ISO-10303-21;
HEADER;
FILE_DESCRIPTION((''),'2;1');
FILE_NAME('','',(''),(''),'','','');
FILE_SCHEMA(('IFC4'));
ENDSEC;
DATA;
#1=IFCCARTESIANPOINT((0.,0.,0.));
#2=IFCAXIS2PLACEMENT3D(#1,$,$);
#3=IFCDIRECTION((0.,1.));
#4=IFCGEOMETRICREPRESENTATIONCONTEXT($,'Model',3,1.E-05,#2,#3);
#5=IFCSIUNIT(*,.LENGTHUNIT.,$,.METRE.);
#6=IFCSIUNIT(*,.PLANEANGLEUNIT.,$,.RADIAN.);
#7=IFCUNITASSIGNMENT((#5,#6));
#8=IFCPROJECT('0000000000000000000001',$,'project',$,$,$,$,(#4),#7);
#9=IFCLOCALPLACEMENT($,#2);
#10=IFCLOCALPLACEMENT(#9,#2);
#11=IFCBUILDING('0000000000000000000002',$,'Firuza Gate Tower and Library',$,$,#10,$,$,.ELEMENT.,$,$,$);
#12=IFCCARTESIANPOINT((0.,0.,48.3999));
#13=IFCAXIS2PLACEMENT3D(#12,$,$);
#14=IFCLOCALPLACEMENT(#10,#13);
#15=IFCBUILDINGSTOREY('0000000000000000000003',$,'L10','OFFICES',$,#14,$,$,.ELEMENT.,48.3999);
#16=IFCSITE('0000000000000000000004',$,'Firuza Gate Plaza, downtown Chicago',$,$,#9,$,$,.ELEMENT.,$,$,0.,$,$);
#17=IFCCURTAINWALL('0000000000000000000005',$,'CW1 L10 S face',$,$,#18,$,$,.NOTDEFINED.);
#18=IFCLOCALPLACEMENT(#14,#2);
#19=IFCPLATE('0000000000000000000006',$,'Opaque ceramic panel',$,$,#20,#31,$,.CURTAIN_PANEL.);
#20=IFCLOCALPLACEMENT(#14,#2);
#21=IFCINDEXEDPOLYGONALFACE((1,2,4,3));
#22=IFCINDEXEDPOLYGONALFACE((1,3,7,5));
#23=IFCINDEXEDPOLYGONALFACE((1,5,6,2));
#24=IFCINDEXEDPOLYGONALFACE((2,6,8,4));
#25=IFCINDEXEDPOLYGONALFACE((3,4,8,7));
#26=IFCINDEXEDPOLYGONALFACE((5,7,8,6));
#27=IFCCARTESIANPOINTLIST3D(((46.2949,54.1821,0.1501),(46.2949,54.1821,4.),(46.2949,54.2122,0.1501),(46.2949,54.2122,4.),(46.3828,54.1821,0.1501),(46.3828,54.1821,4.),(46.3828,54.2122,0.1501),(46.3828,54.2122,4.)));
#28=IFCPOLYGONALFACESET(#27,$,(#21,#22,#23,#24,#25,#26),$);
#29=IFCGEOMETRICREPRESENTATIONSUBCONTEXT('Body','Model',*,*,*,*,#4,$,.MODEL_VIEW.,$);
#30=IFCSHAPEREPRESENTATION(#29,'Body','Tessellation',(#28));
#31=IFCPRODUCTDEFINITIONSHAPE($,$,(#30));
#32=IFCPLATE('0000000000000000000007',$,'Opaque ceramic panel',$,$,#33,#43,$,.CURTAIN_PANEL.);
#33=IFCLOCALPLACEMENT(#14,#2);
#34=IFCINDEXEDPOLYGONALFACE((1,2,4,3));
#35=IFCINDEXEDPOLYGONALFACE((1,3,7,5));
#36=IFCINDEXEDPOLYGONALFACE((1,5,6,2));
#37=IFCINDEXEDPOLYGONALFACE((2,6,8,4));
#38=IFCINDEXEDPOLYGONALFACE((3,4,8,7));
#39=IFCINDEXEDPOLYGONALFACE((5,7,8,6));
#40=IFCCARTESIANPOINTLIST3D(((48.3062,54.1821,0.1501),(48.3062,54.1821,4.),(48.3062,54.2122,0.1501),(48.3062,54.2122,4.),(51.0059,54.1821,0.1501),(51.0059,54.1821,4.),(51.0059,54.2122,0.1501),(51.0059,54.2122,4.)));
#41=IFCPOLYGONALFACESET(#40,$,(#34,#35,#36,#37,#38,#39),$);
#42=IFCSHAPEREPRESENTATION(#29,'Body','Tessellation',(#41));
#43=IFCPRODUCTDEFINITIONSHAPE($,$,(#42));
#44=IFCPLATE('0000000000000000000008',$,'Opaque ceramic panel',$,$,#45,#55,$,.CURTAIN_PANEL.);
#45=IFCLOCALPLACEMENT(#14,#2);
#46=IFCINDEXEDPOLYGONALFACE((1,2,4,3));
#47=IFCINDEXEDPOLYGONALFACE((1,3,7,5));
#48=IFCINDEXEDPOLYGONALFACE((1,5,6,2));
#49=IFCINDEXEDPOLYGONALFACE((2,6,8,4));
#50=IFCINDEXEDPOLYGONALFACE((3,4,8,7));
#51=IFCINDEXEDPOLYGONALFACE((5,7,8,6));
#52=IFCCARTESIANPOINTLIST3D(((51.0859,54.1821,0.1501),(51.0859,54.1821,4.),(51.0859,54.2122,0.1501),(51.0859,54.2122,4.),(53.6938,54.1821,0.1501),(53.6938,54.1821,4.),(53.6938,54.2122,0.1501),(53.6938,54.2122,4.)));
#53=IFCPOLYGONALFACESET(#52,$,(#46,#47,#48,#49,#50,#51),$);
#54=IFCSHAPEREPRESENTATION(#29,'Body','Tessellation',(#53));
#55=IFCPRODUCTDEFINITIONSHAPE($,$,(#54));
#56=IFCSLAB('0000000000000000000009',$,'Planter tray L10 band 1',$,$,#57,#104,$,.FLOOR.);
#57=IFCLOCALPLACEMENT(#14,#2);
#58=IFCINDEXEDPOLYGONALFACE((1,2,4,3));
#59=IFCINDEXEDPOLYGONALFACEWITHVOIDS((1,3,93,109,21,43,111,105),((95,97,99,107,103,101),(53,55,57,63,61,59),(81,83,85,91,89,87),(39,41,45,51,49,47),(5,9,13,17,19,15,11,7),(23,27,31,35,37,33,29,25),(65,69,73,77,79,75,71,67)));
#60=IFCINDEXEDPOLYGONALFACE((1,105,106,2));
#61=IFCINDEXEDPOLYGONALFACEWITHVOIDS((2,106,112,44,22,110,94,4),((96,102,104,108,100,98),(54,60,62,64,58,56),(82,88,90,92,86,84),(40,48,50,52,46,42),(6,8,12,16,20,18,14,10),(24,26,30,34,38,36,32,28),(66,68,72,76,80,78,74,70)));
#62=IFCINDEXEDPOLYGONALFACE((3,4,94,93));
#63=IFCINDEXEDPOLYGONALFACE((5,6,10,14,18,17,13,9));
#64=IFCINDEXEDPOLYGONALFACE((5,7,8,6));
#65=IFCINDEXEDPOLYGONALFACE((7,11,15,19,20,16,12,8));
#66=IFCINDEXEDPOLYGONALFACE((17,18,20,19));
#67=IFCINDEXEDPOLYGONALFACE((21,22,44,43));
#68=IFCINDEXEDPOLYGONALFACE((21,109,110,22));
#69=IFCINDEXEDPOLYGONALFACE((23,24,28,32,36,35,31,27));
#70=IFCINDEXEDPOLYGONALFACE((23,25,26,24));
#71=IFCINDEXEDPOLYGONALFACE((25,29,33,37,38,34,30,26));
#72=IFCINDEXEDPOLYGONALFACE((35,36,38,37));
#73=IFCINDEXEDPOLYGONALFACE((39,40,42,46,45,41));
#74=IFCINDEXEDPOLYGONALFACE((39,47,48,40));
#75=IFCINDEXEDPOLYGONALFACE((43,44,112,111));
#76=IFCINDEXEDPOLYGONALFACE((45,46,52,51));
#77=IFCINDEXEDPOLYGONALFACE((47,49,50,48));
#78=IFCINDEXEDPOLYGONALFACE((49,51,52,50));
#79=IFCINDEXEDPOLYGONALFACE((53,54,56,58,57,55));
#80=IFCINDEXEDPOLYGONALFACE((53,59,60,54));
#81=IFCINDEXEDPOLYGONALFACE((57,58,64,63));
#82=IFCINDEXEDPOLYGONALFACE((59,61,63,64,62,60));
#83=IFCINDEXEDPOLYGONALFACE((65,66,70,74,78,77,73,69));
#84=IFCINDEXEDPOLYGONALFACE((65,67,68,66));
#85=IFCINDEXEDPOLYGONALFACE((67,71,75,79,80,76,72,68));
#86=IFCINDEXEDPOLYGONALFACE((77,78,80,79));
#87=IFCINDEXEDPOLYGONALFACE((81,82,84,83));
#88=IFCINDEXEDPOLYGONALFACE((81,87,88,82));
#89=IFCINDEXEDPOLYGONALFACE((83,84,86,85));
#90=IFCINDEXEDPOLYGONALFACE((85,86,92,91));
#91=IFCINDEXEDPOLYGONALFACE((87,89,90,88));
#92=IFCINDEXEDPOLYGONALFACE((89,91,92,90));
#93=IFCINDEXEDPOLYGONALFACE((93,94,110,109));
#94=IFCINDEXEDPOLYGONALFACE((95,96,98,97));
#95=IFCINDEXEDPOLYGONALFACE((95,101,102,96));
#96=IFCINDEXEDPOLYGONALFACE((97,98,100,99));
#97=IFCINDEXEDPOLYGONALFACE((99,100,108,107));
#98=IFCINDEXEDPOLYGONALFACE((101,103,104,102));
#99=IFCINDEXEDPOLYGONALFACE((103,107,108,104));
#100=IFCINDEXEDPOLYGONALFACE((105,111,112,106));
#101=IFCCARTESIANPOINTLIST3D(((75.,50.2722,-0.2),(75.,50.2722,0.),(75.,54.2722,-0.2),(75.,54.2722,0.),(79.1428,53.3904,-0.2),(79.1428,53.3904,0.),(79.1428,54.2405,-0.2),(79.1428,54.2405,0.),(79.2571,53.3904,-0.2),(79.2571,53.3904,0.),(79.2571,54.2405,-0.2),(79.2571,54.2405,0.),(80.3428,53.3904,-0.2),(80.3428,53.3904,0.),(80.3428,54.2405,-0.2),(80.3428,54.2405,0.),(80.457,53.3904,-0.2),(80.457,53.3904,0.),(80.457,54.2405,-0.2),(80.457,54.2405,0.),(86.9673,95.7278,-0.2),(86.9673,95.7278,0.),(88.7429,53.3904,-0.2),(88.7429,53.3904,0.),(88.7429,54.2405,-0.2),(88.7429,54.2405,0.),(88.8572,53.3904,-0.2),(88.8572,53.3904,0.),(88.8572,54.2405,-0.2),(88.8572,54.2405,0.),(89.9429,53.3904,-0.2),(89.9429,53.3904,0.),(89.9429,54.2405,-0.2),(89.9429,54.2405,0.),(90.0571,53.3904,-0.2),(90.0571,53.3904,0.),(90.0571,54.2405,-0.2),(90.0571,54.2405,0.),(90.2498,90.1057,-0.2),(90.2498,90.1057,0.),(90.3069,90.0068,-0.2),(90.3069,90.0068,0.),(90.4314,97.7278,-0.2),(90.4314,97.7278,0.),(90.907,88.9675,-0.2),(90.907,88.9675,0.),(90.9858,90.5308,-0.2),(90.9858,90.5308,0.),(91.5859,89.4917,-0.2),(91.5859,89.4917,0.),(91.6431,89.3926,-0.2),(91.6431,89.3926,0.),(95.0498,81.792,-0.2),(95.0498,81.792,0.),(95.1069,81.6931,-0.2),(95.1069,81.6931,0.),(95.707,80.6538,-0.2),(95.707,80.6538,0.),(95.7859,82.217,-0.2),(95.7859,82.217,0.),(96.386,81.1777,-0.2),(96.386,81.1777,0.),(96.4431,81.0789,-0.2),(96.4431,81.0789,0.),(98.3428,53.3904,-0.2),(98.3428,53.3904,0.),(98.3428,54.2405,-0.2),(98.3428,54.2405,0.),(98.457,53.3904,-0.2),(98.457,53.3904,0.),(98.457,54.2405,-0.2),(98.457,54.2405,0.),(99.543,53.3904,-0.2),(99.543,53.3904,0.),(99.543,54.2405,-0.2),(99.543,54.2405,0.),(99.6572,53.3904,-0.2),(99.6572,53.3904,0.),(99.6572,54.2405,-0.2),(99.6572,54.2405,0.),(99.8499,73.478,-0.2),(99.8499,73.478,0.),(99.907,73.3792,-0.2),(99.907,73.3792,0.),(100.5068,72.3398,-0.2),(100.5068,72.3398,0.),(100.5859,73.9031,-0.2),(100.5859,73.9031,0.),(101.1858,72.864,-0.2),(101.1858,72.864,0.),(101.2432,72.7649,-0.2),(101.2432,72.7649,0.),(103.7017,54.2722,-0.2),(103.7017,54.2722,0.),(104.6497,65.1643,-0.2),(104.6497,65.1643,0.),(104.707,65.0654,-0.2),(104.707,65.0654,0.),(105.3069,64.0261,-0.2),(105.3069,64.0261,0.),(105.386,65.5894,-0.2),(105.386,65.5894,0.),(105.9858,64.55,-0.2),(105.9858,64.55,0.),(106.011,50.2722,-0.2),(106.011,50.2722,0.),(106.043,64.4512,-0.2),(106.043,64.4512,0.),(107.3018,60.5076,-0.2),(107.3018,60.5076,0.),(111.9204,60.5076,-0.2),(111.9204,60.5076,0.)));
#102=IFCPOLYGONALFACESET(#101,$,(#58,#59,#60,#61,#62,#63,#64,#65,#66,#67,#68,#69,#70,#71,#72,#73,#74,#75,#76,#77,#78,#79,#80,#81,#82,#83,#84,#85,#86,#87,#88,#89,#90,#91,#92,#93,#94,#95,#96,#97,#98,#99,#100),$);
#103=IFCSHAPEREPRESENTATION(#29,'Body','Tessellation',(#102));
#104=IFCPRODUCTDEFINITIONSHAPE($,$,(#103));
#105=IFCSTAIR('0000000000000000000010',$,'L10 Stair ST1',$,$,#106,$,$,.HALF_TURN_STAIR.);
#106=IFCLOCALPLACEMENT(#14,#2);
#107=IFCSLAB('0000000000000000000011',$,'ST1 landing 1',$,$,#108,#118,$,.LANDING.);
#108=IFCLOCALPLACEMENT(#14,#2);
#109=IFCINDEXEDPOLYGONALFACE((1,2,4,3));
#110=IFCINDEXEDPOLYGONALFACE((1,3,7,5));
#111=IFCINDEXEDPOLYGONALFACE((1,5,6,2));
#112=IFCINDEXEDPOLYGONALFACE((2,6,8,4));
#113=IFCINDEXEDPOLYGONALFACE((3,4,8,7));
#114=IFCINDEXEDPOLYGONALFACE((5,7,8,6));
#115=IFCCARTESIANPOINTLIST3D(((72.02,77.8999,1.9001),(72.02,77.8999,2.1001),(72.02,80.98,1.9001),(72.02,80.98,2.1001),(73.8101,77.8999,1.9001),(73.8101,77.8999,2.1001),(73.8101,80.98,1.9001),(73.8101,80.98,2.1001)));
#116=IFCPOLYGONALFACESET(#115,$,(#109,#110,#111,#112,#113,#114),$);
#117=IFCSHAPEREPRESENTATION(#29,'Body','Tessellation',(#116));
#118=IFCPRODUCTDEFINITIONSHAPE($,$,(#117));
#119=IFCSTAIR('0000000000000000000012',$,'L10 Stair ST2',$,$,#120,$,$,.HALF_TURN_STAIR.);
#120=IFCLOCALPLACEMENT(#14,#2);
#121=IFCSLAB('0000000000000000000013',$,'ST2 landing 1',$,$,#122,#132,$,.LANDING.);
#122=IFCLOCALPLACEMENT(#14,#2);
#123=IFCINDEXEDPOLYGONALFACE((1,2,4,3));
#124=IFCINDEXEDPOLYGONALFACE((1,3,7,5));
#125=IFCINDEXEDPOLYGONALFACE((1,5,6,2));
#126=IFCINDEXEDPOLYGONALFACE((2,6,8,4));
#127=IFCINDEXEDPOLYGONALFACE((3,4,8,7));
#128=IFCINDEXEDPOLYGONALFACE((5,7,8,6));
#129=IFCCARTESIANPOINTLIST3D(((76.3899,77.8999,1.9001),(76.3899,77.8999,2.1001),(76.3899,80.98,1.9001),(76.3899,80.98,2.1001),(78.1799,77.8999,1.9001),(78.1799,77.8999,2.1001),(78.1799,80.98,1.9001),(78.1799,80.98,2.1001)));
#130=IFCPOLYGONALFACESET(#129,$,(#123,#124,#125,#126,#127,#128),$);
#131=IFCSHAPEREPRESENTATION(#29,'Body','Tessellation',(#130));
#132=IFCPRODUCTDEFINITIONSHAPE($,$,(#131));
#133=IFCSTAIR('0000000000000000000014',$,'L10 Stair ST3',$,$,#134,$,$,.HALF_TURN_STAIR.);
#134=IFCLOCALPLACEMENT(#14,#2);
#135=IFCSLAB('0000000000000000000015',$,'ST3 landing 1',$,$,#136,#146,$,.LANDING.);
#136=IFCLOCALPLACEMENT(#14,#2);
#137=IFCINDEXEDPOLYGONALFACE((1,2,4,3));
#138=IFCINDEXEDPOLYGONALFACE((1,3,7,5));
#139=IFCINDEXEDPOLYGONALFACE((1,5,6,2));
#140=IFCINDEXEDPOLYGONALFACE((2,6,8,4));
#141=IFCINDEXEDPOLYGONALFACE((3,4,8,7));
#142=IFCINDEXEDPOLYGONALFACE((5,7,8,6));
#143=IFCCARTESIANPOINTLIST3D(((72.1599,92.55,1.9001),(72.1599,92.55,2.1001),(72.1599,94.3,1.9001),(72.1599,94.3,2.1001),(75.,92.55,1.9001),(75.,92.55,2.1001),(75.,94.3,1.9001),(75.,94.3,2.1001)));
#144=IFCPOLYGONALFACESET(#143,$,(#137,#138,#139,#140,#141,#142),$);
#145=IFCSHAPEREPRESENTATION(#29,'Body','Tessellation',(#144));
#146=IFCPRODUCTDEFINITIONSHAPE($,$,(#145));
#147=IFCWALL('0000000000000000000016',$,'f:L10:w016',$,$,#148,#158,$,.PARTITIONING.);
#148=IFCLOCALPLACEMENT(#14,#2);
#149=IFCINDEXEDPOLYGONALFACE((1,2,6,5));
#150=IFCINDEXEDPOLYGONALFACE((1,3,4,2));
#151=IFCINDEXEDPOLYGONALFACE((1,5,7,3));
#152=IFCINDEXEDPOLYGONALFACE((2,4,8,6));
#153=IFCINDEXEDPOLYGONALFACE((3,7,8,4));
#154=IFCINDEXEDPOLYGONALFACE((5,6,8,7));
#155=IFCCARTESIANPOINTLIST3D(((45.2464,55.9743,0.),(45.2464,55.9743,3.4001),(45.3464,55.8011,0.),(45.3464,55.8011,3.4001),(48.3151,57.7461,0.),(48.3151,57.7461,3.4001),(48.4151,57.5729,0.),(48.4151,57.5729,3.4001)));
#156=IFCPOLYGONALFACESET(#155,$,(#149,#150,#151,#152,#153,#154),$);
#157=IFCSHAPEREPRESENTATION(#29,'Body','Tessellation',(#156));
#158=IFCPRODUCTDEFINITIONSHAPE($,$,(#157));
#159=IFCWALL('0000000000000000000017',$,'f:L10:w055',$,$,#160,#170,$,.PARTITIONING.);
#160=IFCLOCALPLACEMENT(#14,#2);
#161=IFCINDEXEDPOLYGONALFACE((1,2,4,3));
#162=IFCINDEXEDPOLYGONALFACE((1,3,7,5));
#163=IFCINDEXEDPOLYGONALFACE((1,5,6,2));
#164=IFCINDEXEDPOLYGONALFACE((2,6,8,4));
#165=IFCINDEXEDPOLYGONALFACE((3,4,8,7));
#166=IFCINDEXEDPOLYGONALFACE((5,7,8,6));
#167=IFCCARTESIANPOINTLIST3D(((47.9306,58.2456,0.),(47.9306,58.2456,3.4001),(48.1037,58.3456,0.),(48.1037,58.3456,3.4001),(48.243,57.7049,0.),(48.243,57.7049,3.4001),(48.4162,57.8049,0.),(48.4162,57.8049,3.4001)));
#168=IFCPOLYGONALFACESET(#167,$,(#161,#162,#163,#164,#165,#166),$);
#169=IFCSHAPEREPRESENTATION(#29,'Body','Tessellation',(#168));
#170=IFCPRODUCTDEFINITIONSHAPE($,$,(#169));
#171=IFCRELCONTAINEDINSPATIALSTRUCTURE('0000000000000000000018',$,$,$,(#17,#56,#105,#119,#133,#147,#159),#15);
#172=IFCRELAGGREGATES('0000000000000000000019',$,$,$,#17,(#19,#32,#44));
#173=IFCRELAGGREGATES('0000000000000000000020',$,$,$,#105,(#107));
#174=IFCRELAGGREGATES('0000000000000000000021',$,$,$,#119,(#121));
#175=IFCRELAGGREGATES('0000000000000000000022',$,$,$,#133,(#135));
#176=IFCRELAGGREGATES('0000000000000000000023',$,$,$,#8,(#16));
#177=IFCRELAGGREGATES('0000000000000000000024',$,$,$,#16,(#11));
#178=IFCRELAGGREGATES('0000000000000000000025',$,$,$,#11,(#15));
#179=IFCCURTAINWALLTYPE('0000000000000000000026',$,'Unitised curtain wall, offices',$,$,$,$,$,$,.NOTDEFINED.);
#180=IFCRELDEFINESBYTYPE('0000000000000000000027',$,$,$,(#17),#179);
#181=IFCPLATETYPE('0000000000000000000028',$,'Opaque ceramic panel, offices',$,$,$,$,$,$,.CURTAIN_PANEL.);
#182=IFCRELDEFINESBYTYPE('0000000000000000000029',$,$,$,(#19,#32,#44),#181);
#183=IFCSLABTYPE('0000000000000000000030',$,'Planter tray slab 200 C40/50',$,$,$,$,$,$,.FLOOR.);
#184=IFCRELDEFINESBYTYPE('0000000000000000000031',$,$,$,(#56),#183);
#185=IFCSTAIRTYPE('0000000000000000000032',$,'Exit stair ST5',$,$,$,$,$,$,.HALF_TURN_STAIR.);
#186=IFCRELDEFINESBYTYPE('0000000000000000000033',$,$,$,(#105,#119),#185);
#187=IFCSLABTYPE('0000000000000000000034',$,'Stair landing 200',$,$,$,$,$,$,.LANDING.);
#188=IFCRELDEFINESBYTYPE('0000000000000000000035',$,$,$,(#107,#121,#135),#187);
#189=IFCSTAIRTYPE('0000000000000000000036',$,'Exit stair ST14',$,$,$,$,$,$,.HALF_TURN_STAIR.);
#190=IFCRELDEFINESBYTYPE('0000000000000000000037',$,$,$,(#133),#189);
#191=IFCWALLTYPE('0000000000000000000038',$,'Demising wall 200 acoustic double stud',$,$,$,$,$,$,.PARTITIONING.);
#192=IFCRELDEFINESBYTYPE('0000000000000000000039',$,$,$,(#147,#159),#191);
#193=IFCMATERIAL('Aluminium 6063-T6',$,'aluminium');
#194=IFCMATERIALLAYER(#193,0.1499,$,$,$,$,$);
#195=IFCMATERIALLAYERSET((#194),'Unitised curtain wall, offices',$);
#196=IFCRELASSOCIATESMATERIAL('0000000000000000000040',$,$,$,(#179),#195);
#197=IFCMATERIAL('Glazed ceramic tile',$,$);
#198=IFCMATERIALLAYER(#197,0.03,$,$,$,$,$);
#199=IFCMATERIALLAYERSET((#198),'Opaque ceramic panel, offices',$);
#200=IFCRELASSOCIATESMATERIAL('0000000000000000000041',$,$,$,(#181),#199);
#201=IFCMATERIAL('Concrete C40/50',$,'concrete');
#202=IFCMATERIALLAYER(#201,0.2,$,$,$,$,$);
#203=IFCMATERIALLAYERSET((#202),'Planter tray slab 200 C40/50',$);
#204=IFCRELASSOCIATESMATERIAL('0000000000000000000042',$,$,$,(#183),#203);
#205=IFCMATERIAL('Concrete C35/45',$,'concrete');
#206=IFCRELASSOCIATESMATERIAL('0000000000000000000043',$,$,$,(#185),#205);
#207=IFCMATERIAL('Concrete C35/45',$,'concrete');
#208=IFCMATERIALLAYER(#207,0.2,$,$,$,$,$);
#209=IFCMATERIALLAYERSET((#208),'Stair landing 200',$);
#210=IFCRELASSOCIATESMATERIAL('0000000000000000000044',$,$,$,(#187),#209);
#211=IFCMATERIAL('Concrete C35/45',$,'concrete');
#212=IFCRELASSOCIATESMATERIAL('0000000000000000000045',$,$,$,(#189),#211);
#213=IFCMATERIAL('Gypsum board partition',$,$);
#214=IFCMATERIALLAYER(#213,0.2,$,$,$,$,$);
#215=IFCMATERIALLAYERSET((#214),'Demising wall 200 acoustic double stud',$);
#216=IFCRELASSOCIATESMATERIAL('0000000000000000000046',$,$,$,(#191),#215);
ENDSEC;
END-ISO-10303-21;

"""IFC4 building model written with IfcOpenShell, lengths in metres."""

from ifc_helpers import new_model, si_unit, direction, frame, frame_2d, origin, place, context, subcontext, project, spatial, polyline, rectangle, outline, extrude, material, layer, layer_set, type_object, element, aggregate, save


model = new_model("IFC4")

# Units and contexts
model_context = context("Model", 3, precision=1e-05, world=origin(), true_north=direction((0.0, 1.0)))
body_context = subcontext(model_context, "Body", "Model", "MODEL_VIEW")
ifc_project = project(units=[si_unit("LENGTHUNIT", "METRE"), si_unit("PLANEANGLEUNIT", "RADIAN")], contexts=[model_context])

# Site, building, storey
site_placement = place(None, origin())
site = spatial("IfcSite", under=ifc_project, at=site_placement, Name="Firuza Gate Plaza, downtown Chicago", CompositionType="ELEMENT", RefElevation=0.0)
building_placement = place(site_placement, origin())
building = spatial("IfcBuilding", under=site, at=building_placement, Name="Firuza Gate Tower and Library", CompositionType="ELEMENT")
storey_placement = place(building_placement, frame((0.0, 0.0, 48.3999)))
storey = spatial("IfcBuildingStorey", under=building, at=storey_placement, Name="L10", Description="OFFICES", CompositionType="ELEMENT", Elevation=48.3999)

# Curtain wall
ifc_material_1 = material(Name="Aluminium 6063-T6", Category="aluminium")
ifc_layer_1 = layer(ifc_material_1, 0.1499)
ifc_layer_set_1 = layer_set([ifc_layer_1], Name="Unitised curtain wall, offices")
curtain_wall_type_1 = type_object("IfcCurtainWallType", Name="Unitised curtain wall, offices", PredefinedType="NOTDEFINED", material=ifc_layer_set_1)
placement_1 = place(storey_placement, origin())
curtain_wall_1 = element("IfcCurtainWall", 1, at=placement_1, inside=storey, type_object=curtain_wall_type_1, Name="CW1 L10 S face", PredefinedType="NOTDEFINED")

# Shared definitions
placement_2 = place(storey_placement, frame((0.0, 0.0, -0.2)))

# Plates
ifc_material_2 = material(Name="Glazed ceramic tile")
ifc_layer_2 = layer(ifc_material_2, 0.03)
ifc_layer_set_2 = layer_set([ifc_layer_2], Name="Opaque ceramic panel, offices")
plate_type_1 = type_object("IfcPlateType", Name="Opaque ceramic panel, offices", PredefinedType="CURTAIN_PANEL", material=ifc_layer_set_2)
plate_1_placement = place(storey_placement, frame((46.2949, 54.1821, 0.1501), z_axis=(0.0, -1.0, 0.0), x_axis=(1.0, 0.0, 0.0)))
plate_1 = element("IfcPlate", 2, at=plate_1_placement, type_object=plate_type_1, Name="Opaque ceramic panel", PredefinedType="CURTAIN_PANEL", context=body_context, shape_type="SweptSolid", body=[
    extrude(outline(polyline([(0.0, 0.0), (0.0879, 0.0), (0.0879, 3.8499), (0.0, 3.8499), (0.0, 0.0)])), origin(), (0.0, 0.0, -1.0), 0.03),
])
plate_2_placement = place(storey_placement, frame((48.3062, 54.1821, 0.1501), z_axis=(0.0, -1.0, 0.0), x_axis=(1.0, 0.0, 0.0)))
plate_2 = element("IfcPlate", 3, at=plate_2_placement, type_object=plate_type_1, Name="Opaque ceramic panel", PredefinedType="CURTAIN_PANEL", context=body_context, shape_type="SweptSolid", body=[
    extrude(outline(polyline([(0.0, 0.0), (2.6997, 0.0), (2.6997, 3.8499), (0.0, 3.8499), (0.0, 0.0)])), origin(), (0.0, 0.0, -1.0), 0.03),
])
plate_3_placement = place(storey_placement, frame((51.0859, 54.1821, 0.1501), z_axis=(0.0, -1.0, 0.0), x_axis=(1.0, 0.0, 0.0)))
plate_3 = element("IfcPlate", 4, at=plate_3_placement, type_object=plate_type_1, Name="Opaque ceramic panel", PredefinedType="CURTAIN_PANEL", context=body_context, shape_type="SweptSolid", body=[
    extrude(outline(polyline([(0.0, 0.0), (2.6079, 0.0), (2.6079, 3.8499), (0.0, 3.8499), (0.0, 0.0)])), origin(), (0.0, 0.0, -1.0), 0.03),
])
aggregate(curtain_wall_1, [plate_1, plate_2, plate_3])

# Slab
ifc_material_3 = material(Name="Concrete C40/50", Category="concrete")
ifc_layer_3 = layer(ifc_material_3, 0.2)
ifc_layer_set_3 = layer_set([ifc_layer_3], Name="Planter tray slab 200 C40/50")
slab_type_1 = type_object("IfcSlabType", Name="Planter tray slab 200 C40/50", PredefinedType="FLOOR", material=ifc_layer_set_3)
element("IfcSlab", 5, at=placement_2, inside=storey, type_object=slab_type_1, Name="Planter tray L10 band 1", PredefinedType="FLOOR", context=body_context, shape_type="SweptSolid", body=[
    extrude(outline(polyline([(75.0, 54.2722), (75.0, 50.2722), (106.011, 50.2722), (111.9204, 60.5076), (90.4314, 97.7278), (86.9673, 95.7278), (107.3018, 60.5076), (103.7017, 54.2722), (75.0, 54.2722)]), holes=[polyline([(79.2571, 54.2405), (80.3428, 54.2405), (80.457, 54.2405), (80.457, 53.3904), (80.3428, 53.3904), (79.2571, 53.3904), (79.1428, 53.3904), (79.1428, 54.2405), (79.2571, 54.2405)]), polyline([(98.457, 54.2405), (99.543, 54.2405), (99.6572, 54.2405), (99.6572, 53.3904), (99.543, 53.3904), (98.457, 53.3904), (98.3428, 53.3904), (98.3428, 54.2405), (98.457, 54.2405)]), polyline([(88.8572, 54.2405), (89.9429, 54.2405), (90.0571, 54.2405), (90.0571, 53.3904), (89.9429, 53.3904), (88.8572, 53.3904), (88.7429, 53.3904), (88.7429, 54.2405), (88.8572, 54.2405)]), polyline([(104.707, 65.0654), (104.6497, 65.1643), (105.386, 65.5894), (105.9858, 64.55), (105.9858, 64.55), (106.043, 64.4512), (105.3069, 64.0261), (104.707, 65.0654), (104.707, 65.0654)]), polyline([(100.5068, 72.3398), (99.907, 73.3792), (99.907, 73.3792), (99.8499, 73.478), (100.5859, 73.9031), (101.1858, 72.864), (101.1858, 72.864), (101.2432, 72.7649), (100.5068, 72.3398)]), polyline([(95.0498, 81.792), (95.7859, 82.217), (96.386, 81.1777), (96.386, 81.1777), (96.4431, 81.0789), (95.707, 80.6538), (95.1069, 81.6931), (95.1069, 81.6931), (95.0498, 81.792)]), polyline([(90.2498, 90.1057), (90.9858, 90.5308), (91.5859, 89.4917), (91.5859, 89.4917), (91.6431, 89.3926), (90.907, 88.9675), (90.3069, 90.0068), (90.3069, 90.0068), (90.2498, 90.1057)])]), origin(), (0.0, 0.0, 1.0), 0.2),
])

# Stairs, slabs
ifc_material_4 = material(Name="Concrete C35/45", Category="concrete")
stair_type_1 = type_object("IfcStairType", Name="Exit stair ST5", PredefinedType="HALF_TURN_STAIR", material=ifc_material_4)
stair_1 = element("IfcStair", 6, at=placement_1, inside=storey, type_object=stair_type_1, Name="L10 Stair ST1", PredefinedType="HALF_TURN_STAIR")
ifc_material_5 = material(Name="Concrete C35/45", Category="concrete")
ifc_layer_4 = layer(ifc_material_5, 0.2)
ifc_layer_set_4 = layer_set([ifc_layer_4], Name="Stair landing 200")
slab_type_2 = type_object("IfcSlabType", Name="Stair landing 200", PredefinedType="LANDING", material=ifc_layer_set_4)
placement_3 = place(storey_placement, frame((0.0, 0.0, 1.9001)))
slab_1 = element("IfcSlab", 7, at=placement_3, type_object=slab_type_2, Name="ST1 landing 1", PredefinedType="LANDING", context=body_context, shape_type="SweptSolid", body=[
    extrude(outline(polyline([(72.02, 77.8999), (73.8101, 77.8999), (73.8101, 80.98), (72.02, 80.98), (72.02, 77.8999)])), origin(), (0.0, 0.0, 1.0), 0.2),
])
aggregate(stair_1, [slab_1])
stair_2 = element("IfcStair", 8, at=placement_1, inside=storey, type_object=stair_type_1, Name="L10 Stair ST2", PredefinedType="HALF_TURN_STAIR")
slab_2 = element("IfcSlab", 9, at=placement_3, type_object=slab_type_2, Name="ST2 landing 1", PredefinedType="LANDING", context=body_context, shape_type="SweptSolid", body=[
    extrude(outline(polyline([(78.1799, 80.98), (76.3899, 80.98), (76.3899, 77.8999), (78.1799, 77.8999), (78.1799, 80.98)])), origin(), (0.0, 0.0, 1.0), 0.2),
])
aggregate(stair_2, [slab_2])
ifc_material_6 = material(Name="Concrete C35/45", Category="concrete")
stair_type_2 = type_object("IfcStairType", Name="Exit stair ST14", PredefinedType="HALF_TURN_STAIR", material=ifc_material_6)
stair_3 = element("IfcStair", 10, at=placement_1, inside=storey, type_object=stair_type_2, Name="L10 Stair ST3", PredefinedType="HALF_TURN_STAIR")
slab_3 = element("IfcSlab", 11, at=placement_3, type_object=slab_type_2, Name="ST3 landing 1", PredefinedType="LANDING", context=body_context, shape_type="SweptSolid", body=[
    extrude(outline(polyline([(75.0, 92.55), (75.0, 94.3), (72.1599, 94.3), (72.1599, 92.55), (75.0, 92.55)])), origin(), (0.0, 0.0, 1.0), 0.2),
])
aggregate(stair_3, [slab_3])

# Walls
ifc_material_7 = material(Name="Gypsum board partition")
ifc_layer_5 = layer(ifc_material_7, 0.2)
ifc_layer_set_5 = layer_set([ifc_layer_5], Name="Demising wall 200 acoustic double stud")
wall_type_1 = type_object("IfcWallType", Name="Demising wall 200 acoustic double stud", PredefinedType="PARTITIONING", material=ifc_layer_set_5)
wall_1_placement = place(storey_placement, frame((45.2964, 55.8877, 0.0), z_axis=(0.0, 0.0, 1.0), x_axis=(0.866017, 0.500015, 0.0)))
element("IfcWall", 12, at=wall_1_placement, inside=storey, type_object=wall_type_1, Name="f:L10:w016", PredefinedType="PARTITIONING", context=body_context, shape_type="SweptSolid", body=[
    extrude(rectangle(XDim=3.5435, YDim=0.2, at=frame_2d((1.7717, 0.0))), origin(), (0.0, 0.0, 1.0), 3.4001),
])
wall_2_placement = place(storey_placement, frame((48.3296, 57.7549, 0.0), z_axis=(0.0, 0.0, 1.0), x_axis=(-0.500343, 0.865827, 0.0)))
element("IfcWall", 13, at=wall_2_placement, inside=storey, type_object=wall_type_1, Name="f:L10:w055", PredefinedType="PARTITIONING", context=body_context, shape_type="SweptSolid", body=[
    extrude(rectangle(XDim=0.6245, YDim=0.2, at=frame_2d((0.3123, 0.0))), origin(), (0.0, 0.0, 1.0), 3.4001),
])

save(model, "model.ifc")
